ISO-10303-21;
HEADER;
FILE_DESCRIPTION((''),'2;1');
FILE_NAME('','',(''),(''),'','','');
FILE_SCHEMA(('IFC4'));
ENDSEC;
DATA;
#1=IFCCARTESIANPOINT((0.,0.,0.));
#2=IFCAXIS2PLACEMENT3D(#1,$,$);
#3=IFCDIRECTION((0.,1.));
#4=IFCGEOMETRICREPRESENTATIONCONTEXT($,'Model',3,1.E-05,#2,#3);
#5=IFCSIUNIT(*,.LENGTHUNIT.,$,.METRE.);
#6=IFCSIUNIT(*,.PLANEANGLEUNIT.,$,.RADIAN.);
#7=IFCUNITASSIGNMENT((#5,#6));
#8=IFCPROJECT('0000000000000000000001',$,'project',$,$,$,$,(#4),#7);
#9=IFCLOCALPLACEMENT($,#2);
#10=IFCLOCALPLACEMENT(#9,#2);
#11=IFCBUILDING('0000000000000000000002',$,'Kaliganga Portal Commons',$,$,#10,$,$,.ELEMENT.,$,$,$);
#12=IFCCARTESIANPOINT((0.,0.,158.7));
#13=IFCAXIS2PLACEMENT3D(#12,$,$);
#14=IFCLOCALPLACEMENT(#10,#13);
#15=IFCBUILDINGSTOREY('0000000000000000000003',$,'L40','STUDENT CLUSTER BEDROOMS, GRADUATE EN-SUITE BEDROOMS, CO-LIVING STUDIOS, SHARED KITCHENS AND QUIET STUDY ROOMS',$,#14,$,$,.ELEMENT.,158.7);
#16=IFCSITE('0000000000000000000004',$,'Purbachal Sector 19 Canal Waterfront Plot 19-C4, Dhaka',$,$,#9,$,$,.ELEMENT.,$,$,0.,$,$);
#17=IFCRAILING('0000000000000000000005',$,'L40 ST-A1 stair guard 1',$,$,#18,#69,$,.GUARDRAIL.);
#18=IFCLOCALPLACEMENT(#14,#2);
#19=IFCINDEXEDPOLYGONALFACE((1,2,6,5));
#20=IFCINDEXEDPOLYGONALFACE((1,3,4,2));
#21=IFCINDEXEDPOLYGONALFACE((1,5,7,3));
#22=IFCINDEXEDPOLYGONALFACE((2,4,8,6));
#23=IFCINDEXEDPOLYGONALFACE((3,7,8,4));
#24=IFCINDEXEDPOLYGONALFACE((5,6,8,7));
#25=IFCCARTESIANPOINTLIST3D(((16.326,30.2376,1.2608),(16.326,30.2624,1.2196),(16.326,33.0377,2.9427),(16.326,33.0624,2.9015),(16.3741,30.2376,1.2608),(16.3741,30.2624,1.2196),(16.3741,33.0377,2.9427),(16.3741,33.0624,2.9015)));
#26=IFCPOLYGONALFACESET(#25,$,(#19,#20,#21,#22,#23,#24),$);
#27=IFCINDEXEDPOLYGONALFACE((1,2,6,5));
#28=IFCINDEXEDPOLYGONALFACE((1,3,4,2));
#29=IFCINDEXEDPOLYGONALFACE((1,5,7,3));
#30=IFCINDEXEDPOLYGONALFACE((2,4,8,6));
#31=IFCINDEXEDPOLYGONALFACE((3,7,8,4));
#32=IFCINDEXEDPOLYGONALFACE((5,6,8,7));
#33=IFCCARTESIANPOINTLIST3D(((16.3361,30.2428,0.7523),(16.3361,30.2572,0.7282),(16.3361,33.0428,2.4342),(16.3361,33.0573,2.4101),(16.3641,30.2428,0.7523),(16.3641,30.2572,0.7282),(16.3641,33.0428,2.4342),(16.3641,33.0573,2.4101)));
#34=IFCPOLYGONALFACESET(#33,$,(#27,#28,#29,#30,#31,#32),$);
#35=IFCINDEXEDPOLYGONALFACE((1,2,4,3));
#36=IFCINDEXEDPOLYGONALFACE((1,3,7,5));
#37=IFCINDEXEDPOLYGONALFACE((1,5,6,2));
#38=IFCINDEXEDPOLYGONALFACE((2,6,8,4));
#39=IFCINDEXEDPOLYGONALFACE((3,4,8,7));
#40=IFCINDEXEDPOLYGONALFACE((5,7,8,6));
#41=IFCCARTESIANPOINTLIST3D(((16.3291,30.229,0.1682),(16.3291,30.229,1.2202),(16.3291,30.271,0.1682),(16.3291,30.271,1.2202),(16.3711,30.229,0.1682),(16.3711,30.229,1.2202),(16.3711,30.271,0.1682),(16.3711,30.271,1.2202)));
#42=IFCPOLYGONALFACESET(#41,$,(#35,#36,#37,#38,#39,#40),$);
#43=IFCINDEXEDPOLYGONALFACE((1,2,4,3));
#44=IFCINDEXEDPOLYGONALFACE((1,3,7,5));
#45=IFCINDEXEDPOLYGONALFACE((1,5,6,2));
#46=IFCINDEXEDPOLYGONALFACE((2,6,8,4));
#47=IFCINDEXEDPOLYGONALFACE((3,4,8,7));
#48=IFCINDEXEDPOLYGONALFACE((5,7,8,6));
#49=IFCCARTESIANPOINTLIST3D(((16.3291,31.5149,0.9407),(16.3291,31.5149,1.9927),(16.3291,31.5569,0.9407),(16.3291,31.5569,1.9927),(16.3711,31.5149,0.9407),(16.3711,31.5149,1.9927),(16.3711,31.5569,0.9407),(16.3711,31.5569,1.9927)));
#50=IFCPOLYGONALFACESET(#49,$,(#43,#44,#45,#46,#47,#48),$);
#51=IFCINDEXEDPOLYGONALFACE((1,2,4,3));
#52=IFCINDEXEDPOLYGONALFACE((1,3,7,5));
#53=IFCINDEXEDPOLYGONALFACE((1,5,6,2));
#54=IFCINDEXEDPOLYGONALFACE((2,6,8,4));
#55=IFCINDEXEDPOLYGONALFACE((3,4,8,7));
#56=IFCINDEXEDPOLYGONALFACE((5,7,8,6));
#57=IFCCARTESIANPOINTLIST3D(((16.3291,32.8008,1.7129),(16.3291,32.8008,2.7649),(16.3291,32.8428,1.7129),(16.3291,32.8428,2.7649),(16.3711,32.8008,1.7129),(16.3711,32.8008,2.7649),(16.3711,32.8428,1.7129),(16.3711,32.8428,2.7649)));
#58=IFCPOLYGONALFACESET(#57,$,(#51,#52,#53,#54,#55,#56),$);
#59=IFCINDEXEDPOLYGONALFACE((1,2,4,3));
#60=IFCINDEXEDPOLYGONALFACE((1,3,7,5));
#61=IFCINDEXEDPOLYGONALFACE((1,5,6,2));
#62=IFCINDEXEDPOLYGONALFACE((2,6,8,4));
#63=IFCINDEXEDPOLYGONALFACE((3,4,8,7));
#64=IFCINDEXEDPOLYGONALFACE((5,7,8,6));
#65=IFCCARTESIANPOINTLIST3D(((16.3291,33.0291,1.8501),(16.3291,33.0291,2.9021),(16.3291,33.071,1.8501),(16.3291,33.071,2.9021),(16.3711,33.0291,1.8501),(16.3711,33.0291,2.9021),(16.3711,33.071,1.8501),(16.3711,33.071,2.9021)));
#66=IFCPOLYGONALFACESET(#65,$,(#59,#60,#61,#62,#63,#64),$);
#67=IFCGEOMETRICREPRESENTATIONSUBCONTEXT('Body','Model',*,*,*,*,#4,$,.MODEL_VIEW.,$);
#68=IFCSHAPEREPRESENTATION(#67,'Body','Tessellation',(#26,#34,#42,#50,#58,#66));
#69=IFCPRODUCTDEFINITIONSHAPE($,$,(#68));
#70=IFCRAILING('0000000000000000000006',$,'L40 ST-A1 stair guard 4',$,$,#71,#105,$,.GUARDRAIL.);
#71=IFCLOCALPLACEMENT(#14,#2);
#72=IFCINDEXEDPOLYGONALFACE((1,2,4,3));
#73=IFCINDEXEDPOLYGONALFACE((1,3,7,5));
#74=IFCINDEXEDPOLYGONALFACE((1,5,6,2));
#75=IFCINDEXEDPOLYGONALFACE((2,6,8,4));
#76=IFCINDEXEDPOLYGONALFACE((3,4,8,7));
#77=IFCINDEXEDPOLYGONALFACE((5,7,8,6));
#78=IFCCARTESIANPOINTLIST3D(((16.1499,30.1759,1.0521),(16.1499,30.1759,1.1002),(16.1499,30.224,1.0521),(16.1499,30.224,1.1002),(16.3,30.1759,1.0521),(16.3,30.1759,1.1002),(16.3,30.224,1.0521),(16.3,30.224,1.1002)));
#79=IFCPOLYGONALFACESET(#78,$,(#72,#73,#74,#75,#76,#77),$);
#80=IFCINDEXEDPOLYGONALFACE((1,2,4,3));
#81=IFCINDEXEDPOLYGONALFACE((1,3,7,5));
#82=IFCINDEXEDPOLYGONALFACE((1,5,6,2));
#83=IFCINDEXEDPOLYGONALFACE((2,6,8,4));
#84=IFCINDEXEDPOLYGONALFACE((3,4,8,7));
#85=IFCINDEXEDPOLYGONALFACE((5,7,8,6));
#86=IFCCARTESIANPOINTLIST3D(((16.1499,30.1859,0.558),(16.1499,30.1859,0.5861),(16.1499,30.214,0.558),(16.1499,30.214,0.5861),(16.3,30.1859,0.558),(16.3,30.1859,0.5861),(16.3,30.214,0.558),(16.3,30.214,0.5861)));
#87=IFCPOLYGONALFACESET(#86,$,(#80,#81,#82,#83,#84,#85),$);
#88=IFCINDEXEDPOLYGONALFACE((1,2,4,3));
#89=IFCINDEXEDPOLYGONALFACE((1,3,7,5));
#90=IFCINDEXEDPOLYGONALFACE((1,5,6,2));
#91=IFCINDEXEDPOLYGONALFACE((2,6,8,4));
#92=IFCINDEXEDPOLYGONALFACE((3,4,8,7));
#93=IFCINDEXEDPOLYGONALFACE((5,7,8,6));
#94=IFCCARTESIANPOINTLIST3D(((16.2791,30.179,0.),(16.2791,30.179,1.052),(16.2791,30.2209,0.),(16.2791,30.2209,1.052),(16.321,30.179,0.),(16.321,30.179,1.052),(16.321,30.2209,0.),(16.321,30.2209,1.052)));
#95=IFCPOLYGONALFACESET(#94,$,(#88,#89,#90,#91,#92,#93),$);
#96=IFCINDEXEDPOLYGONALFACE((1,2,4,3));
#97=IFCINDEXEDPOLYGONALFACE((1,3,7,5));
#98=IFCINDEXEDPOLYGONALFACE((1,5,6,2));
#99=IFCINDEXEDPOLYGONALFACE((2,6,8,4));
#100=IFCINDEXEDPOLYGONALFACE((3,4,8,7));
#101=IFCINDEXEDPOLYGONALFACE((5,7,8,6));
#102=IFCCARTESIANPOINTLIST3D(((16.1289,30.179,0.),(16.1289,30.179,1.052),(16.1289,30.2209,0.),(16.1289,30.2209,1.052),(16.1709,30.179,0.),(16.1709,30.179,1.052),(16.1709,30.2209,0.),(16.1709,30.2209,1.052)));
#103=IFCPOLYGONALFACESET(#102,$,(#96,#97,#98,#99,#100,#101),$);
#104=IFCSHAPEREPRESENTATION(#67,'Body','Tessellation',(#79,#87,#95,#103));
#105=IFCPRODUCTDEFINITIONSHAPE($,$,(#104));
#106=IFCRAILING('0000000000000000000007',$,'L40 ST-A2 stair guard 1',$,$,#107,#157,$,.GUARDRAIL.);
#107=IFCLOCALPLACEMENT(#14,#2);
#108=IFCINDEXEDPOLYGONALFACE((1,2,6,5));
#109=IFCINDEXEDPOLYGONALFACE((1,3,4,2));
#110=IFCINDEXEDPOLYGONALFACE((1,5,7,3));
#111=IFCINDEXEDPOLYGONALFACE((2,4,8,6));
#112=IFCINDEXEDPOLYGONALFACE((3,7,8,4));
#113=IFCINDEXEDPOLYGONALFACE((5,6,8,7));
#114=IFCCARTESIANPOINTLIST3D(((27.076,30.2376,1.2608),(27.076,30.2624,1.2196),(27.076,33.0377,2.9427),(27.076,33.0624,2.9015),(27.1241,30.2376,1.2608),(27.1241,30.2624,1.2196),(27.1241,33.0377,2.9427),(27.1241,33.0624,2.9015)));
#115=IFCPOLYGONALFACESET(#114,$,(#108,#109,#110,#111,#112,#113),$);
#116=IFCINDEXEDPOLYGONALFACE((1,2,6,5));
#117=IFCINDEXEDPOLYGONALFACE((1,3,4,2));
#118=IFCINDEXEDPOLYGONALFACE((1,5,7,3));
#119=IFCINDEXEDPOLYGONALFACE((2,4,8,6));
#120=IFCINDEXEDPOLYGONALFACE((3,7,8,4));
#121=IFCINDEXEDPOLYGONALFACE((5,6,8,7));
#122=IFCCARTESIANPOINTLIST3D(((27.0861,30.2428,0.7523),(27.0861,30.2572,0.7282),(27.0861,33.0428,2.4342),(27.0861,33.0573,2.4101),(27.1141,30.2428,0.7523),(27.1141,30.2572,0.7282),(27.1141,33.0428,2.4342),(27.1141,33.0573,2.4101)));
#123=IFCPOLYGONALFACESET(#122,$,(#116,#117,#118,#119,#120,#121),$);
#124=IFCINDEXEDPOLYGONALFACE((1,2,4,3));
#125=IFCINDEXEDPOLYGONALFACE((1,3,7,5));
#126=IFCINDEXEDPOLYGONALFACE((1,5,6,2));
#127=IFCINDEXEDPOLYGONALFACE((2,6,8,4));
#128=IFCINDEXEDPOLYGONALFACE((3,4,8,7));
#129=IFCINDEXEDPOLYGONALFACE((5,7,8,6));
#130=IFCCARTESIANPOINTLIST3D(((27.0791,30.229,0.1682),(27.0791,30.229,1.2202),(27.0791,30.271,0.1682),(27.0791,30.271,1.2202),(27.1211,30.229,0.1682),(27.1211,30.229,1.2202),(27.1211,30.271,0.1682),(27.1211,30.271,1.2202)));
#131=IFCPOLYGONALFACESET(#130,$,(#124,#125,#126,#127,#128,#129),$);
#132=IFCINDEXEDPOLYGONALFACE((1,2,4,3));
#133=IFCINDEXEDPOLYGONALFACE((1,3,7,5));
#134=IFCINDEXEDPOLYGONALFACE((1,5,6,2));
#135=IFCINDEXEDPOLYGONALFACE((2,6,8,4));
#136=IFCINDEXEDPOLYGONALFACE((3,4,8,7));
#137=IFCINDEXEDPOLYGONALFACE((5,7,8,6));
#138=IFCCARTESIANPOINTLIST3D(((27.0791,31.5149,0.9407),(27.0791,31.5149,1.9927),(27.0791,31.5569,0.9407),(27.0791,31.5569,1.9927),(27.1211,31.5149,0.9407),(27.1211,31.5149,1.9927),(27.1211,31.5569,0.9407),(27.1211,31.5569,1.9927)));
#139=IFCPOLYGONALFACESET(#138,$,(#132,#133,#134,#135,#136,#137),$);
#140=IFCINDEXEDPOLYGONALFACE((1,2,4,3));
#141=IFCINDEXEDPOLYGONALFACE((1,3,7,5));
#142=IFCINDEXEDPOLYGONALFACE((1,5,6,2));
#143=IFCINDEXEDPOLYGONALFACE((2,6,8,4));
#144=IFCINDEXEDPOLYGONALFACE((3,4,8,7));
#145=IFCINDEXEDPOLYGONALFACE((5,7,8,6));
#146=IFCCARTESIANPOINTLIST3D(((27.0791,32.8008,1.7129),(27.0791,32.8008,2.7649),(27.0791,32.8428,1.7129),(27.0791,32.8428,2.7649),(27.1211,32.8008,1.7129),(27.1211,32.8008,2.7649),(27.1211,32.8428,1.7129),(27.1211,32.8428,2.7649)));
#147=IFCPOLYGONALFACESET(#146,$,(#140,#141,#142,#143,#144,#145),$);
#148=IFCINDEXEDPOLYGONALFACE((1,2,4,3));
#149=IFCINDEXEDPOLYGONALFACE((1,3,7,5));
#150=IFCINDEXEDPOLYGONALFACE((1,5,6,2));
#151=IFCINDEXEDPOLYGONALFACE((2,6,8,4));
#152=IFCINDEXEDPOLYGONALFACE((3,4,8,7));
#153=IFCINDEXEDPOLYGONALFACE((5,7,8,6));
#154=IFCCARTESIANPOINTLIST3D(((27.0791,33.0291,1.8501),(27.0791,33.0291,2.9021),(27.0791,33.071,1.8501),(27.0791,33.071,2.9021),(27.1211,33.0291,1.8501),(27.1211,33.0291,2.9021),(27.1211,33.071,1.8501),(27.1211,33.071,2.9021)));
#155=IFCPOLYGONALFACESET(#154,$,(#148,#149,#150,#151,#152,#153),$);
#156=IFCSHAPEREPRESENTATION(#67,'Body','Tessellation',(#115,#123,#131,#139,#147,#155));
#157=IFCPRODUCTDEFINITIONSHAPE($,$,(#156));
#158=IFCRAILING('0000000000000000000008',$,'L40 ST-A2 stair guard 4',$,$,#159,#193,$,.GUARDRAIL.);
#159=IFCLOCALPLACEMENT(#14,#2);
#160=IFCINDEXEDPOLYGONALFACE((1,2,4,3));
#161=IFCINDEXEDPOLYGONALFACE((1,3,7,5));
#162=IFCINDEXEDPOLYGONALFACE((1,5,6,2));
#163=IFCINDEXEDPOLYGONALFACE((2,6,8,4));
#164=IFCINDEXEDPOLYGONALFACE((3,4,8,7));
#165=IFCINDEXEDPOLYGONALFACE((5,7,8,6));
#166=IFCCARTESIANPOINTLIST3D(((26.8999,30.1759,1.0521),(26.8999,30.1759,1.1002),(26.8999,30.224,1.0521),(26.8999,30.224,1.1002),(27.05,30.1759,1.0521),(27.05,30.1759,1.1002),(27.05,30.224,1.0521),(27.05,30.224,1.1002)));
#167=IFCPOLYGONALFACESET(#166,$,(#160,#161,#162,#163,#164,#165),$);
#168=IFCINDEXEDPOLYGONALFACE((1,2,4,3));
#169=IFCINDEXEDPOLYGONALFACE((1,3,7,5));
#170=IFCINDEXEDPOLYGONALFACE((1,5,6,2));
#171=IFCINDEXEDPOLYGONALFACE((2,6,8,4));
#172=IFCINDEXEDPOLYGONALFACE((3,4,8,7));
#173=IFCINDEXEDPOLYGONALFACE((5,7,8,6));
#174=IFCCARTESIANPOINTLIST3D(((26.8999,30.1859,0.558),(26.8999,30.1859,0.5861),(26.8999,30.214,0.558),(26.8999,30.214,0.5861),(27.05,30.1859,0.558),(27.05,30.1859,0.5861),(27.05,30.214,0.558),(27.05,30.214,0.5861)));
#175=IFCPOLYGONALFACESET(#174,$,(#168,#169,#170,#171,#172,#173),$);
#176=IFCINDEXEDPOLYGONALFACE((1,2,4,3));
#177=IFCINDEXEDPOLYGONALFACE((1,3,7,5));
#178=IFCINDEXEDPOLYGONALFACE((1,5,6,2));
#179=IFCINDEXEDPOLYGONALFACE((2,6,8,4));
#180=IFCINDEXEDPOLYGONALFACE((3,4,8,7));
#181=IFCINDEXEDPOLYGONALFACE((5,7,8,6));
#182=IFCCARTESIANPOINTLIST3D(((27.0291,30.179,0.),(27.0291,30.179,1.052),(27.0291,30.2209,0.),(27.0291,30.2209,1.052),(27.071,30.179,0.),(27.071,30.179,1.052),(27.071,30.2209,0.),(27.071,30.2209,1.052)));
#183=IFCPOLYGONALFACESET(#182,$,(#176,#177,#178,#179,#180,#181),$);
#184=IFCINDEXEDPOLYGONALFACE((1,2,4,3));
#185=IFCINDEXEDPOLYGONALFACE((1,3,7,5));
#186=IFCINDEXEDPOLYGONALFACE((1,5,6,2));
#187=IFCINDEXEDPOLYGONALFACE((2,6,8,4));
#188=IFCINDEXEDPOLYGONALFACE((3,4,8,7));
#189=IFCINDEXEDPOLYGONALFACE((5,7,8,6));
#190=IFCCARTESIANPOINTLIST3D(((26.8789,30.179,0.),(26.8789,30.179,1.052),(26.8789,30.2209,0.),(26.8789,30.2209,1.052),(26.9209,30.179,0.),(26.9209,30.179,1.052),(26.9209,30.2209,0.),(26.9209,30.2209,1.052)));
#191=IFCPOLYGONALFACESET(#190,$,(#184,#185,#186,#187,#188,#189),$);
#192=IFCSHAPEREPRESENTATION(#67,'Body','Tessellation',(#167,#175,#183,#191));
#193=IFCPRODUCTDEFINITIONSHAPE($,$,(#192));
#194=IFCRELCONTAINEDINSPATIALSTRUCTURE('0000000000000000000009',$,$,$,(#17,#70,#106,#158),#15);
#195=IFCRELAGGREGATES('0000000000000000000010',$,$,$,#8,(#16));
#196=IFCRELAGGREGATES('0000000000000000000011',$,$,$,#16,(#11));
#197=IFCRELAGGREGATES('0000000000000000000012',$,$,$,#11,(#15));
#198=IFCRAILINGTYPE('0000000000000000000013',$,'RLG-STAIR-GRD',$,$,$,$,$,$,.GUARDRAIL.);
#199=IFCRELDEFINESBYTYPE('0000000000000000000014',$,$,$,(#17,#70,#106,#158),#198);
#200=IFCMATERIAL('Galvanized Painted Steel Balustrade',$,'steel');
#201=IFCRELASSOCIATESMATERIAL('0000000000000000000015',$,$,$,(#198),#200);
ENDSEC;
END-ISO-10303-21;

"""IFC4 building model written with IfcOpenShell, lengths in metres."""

from ifc_helpers import new_model, si_unit, direction, frame, origin, origin_2d, place, context, subcontext, project, spatial, rectangle, extrude, material, type_object, element, save


model = new_model("IFC4")

# Units and contexts
model_context = context("Model", 3, precision=1e-05, world=origin(), true_north=direction((0.0, 1.0)))
body_context = subcontext(model_context, "Body", "Model", "MODEL_VIEW")
ifc_project = project(units=[si_unit("LENGTHUNIT", "METRE"), si_unit("PLANEANGLEUNIT", "RADIAN")], contexts=[model_context])

# Site, building, storey
site_placement = place(None, origin())
site = spatial("IfcSite", under=ifc_project, at=site_placement, Name="Purbachal Sector 19 Canal Waterfront Plot 19-C4, Dhaka", CompositionType="ELEMENT", RefElevation=0.0)
building_placement = place(site_placement, origin())
building = spatial("IfcBuilding", under=site, at=building_placement, Name="Kaliganga Portal Commons", CompositionType="ELEMENT")
storey_placement = place(building_placement, frame((0.0, 0.0, 158.7)))
storey = spatial("IfcBuildingStorey", under=building, at=storey_placement, Name="L40", Description="STUDENT CLUSTER BEDROOMS, GRADUATE EN-SUITE BEDROOMS, CO-LIVING STUDIOS, SHARED KITCHENS AND QUIET STUDY ROOMS", CompositionType="ELEMENT", Elevation=158.7)

# Railings
ifc_material_1 = material(Name="Galvanized Painted Steel Balustrade", Category="steel")
railing_type_1 = type_object("IfcRailingType", Name="RLG-STAIR-GRD", PredefinedType="GUARDRAIL", material=ifc_material_1)
railing_1_placement = place(storey_placement, frame((16.3501, 30.25, 0.1682)))
element("IfcRailing", 1, at=railing_1_placement, inside=storey, type_object=railing_type_1, Name="L40 ST-A1 stair guard 1", PredefinedType="GUARDRAIL", context=body_context, shape_type="SweptSolid", body=[
    extrude(rectangle(XDim=0.0481, YDim=0.0481, at=origin_2d()), frame((0.0, 0.0, 1.072), z_axis=(0.0, 0.857242, 0.514913), x_axis=(-1.0, 0.0, 0.0)), (0.0, 0.0, 1.0), 3.2664),
    extrude(rectangle(XDim=0.0281, YDim=0.0281, at=origin_2d()), frame((0.0, 0.0, 0.572), z_axis=(0.0, 0.857242, 0.514913), x_axis=(-1.0, 0.0, 0.0)), (0.0, 0.0, 1.0), 3.2664),
    extrude(rectangle(XDim=0.042, YDim=0.042, at=origin_2d()), origin(), (0.0, 0.0, 1.0), 1.052),
    extrude(rectangle(XDim=0.042, YDim=0.042, at=origin_2d()), frame((0.0, 1.2859, 0.7725)), (0.0, 0.0, 1.0), 1.052),
    extrude(rectangle(XDim=0.042, YDim=0.042, at=origin_2d()), frame((0.0, 2.5718, 1.5447)), (0.0, 0.0, 1.0), 1.052),
    extrude(rectangle(XDim=0.042, YDim=0.042, at=origin_2d()), frame((0.0, 2.8, 1.6819)), (0.0, 0.0, 1.0), 1.052),
])
railing_2_placement = place(storey_placement, frame((16.3, 30.2, 0.0)))
element("IfcRailing", 2, at=railing_2_placement, inside=storey, type_object=railing_type_1, Name="L40 ST-A1 stair guard 4", PredefinedType="GUARDRAIL", context=body_context, shape_type="SweptSolid", body=[
    extrude(rectangle(XDim=0.0481, YDim=0.0481, at=origin_2d()), frame((0.0, 0.0, 1.0762), z_axis=(-1.0, 0.0, 0.0), x_axis=(0.0, -1.0, 0.0)), (0.0, 0.0, 1.0), 0.1501),
    extrude(rectangle(XDim=0.0281, YDim=0.0281, at=origin_2d()), frame((0.0, 0.0, 0.572), z_axis=(-1.0, 0.0, 0.0), x_axis=(0.0, -1.0, 0.0)), (0.0, 0.0, 1.0), 0.1501),
    extrude(rectangle(XDim=0.042, YDim=0.042, at=origin_2d()), origin(), (0.0, 0.0, 1.0), 1.052),
    extrude(rectangle(XDim=0.042, YDim=0.042, at=origin_2d()), frame((-0.1501, 0.0, 0.0)), (0.0, 0.0, 1.0), 1.052),
])
railing_3_placement = place(storey_placement, frame((27.1001, 30.25, 0.1682)))
element("IfcRailing", 3, at=railing_3_placement, inside=storey, type_object=railing_type_1, Name="L40 ST-A2 stair guard 1", PredefinedType="GUARDRAIL", context=body_context, shape_type="SweptSolid", body=[
    extrude(rectangle(XDim=0.0481, YDim=0.0481, at=origin_2d()), frame((0.0, 0.0, 1.072), z_axis=(0.0, 0.857242, 0.514913), x_axis=(-1.0, 0.0, 0.0)), (0.0, 0.0, 1.0), 3.2664),
    extrude(rectangle(XDim=0.0281, YDim=0.0281, at=origin_2d()), frame((0.0, 0.0, 0.572), z_axis=(0.0, 0.857242, 0.514913), x_axis=(-1.0, 0.0, 0.0)), (0.0, 0.0, 1.0), 3.2664),
    extrude(rectangle(XDim=0.042, YDim=0.042, at=origin_2d()), origin(), (0.0, 0.0, 1.0), 1.052),
    extrude(rectangle(XDim=0.042, YDim=0.042, at=origin_2d()), frame((0.0, 1.2859, 0.7725)), (0.0, 0.0, 1.0), 1.052),
    extrude(rectangle(XDim=0.042, YDim=0.042, at=origin_2d()), frame((0.0, 2.5718, 1.5447)), (0.0, 0.0, 1.0), 1.052),
    extrude(rectangle(XDim=0.042, YDim=0.042, at=origin_2d()), frame((0.0, 2.8, 1.6819)), (0.0, 0.0, 1.0), 1.052),
])
railing_4_placement = place(storey_placement, frame((27.05, 30.2, 0.0)))
element("IfcRailing", 4, at=railing_4_placement, inside=storey, type_object=railing_type_1, Name="L40 ST-A2 stair guard 4", PredefinedType="GUARDRAIL", context=body_context, shape_type="SweptSolid", body=[
    extrude(rectangle(XDim=0.0481, YDim=0.0481, at=origin_2d()), frame((0.0, 0.0, 1.0762), z_axis=(-1.0, 0.0, 0.0), x_axis=(0.0, -1.0, 0.0)), (0.0, 0.0, 1.0), 0.1501),
    extrude(rectangle(XDim=0.0281, YDim=0.0281, at=origin_2d()), frame((0.0, 0.0, 0.572), z_axis=(-1.0, 0.0, 0.0), x_axis=(0.0, -1.0, 0.0)), (0.0, 0.0, 1.0), 0.1501),
    extrude(rectangle(XDim=0.042, YDim=0.042, at=origin_2d()), origin(), (0.0, 0.0, 1.0), 1.052),
    extrude(rectangle(XDim=0.042, YDim=0.042, at=origin_2d()), frame((-0.1501, 0.0, 0.0)), (0.0, 0.0, 1.0), 1.052),
])

save(model, "model.ifc")
